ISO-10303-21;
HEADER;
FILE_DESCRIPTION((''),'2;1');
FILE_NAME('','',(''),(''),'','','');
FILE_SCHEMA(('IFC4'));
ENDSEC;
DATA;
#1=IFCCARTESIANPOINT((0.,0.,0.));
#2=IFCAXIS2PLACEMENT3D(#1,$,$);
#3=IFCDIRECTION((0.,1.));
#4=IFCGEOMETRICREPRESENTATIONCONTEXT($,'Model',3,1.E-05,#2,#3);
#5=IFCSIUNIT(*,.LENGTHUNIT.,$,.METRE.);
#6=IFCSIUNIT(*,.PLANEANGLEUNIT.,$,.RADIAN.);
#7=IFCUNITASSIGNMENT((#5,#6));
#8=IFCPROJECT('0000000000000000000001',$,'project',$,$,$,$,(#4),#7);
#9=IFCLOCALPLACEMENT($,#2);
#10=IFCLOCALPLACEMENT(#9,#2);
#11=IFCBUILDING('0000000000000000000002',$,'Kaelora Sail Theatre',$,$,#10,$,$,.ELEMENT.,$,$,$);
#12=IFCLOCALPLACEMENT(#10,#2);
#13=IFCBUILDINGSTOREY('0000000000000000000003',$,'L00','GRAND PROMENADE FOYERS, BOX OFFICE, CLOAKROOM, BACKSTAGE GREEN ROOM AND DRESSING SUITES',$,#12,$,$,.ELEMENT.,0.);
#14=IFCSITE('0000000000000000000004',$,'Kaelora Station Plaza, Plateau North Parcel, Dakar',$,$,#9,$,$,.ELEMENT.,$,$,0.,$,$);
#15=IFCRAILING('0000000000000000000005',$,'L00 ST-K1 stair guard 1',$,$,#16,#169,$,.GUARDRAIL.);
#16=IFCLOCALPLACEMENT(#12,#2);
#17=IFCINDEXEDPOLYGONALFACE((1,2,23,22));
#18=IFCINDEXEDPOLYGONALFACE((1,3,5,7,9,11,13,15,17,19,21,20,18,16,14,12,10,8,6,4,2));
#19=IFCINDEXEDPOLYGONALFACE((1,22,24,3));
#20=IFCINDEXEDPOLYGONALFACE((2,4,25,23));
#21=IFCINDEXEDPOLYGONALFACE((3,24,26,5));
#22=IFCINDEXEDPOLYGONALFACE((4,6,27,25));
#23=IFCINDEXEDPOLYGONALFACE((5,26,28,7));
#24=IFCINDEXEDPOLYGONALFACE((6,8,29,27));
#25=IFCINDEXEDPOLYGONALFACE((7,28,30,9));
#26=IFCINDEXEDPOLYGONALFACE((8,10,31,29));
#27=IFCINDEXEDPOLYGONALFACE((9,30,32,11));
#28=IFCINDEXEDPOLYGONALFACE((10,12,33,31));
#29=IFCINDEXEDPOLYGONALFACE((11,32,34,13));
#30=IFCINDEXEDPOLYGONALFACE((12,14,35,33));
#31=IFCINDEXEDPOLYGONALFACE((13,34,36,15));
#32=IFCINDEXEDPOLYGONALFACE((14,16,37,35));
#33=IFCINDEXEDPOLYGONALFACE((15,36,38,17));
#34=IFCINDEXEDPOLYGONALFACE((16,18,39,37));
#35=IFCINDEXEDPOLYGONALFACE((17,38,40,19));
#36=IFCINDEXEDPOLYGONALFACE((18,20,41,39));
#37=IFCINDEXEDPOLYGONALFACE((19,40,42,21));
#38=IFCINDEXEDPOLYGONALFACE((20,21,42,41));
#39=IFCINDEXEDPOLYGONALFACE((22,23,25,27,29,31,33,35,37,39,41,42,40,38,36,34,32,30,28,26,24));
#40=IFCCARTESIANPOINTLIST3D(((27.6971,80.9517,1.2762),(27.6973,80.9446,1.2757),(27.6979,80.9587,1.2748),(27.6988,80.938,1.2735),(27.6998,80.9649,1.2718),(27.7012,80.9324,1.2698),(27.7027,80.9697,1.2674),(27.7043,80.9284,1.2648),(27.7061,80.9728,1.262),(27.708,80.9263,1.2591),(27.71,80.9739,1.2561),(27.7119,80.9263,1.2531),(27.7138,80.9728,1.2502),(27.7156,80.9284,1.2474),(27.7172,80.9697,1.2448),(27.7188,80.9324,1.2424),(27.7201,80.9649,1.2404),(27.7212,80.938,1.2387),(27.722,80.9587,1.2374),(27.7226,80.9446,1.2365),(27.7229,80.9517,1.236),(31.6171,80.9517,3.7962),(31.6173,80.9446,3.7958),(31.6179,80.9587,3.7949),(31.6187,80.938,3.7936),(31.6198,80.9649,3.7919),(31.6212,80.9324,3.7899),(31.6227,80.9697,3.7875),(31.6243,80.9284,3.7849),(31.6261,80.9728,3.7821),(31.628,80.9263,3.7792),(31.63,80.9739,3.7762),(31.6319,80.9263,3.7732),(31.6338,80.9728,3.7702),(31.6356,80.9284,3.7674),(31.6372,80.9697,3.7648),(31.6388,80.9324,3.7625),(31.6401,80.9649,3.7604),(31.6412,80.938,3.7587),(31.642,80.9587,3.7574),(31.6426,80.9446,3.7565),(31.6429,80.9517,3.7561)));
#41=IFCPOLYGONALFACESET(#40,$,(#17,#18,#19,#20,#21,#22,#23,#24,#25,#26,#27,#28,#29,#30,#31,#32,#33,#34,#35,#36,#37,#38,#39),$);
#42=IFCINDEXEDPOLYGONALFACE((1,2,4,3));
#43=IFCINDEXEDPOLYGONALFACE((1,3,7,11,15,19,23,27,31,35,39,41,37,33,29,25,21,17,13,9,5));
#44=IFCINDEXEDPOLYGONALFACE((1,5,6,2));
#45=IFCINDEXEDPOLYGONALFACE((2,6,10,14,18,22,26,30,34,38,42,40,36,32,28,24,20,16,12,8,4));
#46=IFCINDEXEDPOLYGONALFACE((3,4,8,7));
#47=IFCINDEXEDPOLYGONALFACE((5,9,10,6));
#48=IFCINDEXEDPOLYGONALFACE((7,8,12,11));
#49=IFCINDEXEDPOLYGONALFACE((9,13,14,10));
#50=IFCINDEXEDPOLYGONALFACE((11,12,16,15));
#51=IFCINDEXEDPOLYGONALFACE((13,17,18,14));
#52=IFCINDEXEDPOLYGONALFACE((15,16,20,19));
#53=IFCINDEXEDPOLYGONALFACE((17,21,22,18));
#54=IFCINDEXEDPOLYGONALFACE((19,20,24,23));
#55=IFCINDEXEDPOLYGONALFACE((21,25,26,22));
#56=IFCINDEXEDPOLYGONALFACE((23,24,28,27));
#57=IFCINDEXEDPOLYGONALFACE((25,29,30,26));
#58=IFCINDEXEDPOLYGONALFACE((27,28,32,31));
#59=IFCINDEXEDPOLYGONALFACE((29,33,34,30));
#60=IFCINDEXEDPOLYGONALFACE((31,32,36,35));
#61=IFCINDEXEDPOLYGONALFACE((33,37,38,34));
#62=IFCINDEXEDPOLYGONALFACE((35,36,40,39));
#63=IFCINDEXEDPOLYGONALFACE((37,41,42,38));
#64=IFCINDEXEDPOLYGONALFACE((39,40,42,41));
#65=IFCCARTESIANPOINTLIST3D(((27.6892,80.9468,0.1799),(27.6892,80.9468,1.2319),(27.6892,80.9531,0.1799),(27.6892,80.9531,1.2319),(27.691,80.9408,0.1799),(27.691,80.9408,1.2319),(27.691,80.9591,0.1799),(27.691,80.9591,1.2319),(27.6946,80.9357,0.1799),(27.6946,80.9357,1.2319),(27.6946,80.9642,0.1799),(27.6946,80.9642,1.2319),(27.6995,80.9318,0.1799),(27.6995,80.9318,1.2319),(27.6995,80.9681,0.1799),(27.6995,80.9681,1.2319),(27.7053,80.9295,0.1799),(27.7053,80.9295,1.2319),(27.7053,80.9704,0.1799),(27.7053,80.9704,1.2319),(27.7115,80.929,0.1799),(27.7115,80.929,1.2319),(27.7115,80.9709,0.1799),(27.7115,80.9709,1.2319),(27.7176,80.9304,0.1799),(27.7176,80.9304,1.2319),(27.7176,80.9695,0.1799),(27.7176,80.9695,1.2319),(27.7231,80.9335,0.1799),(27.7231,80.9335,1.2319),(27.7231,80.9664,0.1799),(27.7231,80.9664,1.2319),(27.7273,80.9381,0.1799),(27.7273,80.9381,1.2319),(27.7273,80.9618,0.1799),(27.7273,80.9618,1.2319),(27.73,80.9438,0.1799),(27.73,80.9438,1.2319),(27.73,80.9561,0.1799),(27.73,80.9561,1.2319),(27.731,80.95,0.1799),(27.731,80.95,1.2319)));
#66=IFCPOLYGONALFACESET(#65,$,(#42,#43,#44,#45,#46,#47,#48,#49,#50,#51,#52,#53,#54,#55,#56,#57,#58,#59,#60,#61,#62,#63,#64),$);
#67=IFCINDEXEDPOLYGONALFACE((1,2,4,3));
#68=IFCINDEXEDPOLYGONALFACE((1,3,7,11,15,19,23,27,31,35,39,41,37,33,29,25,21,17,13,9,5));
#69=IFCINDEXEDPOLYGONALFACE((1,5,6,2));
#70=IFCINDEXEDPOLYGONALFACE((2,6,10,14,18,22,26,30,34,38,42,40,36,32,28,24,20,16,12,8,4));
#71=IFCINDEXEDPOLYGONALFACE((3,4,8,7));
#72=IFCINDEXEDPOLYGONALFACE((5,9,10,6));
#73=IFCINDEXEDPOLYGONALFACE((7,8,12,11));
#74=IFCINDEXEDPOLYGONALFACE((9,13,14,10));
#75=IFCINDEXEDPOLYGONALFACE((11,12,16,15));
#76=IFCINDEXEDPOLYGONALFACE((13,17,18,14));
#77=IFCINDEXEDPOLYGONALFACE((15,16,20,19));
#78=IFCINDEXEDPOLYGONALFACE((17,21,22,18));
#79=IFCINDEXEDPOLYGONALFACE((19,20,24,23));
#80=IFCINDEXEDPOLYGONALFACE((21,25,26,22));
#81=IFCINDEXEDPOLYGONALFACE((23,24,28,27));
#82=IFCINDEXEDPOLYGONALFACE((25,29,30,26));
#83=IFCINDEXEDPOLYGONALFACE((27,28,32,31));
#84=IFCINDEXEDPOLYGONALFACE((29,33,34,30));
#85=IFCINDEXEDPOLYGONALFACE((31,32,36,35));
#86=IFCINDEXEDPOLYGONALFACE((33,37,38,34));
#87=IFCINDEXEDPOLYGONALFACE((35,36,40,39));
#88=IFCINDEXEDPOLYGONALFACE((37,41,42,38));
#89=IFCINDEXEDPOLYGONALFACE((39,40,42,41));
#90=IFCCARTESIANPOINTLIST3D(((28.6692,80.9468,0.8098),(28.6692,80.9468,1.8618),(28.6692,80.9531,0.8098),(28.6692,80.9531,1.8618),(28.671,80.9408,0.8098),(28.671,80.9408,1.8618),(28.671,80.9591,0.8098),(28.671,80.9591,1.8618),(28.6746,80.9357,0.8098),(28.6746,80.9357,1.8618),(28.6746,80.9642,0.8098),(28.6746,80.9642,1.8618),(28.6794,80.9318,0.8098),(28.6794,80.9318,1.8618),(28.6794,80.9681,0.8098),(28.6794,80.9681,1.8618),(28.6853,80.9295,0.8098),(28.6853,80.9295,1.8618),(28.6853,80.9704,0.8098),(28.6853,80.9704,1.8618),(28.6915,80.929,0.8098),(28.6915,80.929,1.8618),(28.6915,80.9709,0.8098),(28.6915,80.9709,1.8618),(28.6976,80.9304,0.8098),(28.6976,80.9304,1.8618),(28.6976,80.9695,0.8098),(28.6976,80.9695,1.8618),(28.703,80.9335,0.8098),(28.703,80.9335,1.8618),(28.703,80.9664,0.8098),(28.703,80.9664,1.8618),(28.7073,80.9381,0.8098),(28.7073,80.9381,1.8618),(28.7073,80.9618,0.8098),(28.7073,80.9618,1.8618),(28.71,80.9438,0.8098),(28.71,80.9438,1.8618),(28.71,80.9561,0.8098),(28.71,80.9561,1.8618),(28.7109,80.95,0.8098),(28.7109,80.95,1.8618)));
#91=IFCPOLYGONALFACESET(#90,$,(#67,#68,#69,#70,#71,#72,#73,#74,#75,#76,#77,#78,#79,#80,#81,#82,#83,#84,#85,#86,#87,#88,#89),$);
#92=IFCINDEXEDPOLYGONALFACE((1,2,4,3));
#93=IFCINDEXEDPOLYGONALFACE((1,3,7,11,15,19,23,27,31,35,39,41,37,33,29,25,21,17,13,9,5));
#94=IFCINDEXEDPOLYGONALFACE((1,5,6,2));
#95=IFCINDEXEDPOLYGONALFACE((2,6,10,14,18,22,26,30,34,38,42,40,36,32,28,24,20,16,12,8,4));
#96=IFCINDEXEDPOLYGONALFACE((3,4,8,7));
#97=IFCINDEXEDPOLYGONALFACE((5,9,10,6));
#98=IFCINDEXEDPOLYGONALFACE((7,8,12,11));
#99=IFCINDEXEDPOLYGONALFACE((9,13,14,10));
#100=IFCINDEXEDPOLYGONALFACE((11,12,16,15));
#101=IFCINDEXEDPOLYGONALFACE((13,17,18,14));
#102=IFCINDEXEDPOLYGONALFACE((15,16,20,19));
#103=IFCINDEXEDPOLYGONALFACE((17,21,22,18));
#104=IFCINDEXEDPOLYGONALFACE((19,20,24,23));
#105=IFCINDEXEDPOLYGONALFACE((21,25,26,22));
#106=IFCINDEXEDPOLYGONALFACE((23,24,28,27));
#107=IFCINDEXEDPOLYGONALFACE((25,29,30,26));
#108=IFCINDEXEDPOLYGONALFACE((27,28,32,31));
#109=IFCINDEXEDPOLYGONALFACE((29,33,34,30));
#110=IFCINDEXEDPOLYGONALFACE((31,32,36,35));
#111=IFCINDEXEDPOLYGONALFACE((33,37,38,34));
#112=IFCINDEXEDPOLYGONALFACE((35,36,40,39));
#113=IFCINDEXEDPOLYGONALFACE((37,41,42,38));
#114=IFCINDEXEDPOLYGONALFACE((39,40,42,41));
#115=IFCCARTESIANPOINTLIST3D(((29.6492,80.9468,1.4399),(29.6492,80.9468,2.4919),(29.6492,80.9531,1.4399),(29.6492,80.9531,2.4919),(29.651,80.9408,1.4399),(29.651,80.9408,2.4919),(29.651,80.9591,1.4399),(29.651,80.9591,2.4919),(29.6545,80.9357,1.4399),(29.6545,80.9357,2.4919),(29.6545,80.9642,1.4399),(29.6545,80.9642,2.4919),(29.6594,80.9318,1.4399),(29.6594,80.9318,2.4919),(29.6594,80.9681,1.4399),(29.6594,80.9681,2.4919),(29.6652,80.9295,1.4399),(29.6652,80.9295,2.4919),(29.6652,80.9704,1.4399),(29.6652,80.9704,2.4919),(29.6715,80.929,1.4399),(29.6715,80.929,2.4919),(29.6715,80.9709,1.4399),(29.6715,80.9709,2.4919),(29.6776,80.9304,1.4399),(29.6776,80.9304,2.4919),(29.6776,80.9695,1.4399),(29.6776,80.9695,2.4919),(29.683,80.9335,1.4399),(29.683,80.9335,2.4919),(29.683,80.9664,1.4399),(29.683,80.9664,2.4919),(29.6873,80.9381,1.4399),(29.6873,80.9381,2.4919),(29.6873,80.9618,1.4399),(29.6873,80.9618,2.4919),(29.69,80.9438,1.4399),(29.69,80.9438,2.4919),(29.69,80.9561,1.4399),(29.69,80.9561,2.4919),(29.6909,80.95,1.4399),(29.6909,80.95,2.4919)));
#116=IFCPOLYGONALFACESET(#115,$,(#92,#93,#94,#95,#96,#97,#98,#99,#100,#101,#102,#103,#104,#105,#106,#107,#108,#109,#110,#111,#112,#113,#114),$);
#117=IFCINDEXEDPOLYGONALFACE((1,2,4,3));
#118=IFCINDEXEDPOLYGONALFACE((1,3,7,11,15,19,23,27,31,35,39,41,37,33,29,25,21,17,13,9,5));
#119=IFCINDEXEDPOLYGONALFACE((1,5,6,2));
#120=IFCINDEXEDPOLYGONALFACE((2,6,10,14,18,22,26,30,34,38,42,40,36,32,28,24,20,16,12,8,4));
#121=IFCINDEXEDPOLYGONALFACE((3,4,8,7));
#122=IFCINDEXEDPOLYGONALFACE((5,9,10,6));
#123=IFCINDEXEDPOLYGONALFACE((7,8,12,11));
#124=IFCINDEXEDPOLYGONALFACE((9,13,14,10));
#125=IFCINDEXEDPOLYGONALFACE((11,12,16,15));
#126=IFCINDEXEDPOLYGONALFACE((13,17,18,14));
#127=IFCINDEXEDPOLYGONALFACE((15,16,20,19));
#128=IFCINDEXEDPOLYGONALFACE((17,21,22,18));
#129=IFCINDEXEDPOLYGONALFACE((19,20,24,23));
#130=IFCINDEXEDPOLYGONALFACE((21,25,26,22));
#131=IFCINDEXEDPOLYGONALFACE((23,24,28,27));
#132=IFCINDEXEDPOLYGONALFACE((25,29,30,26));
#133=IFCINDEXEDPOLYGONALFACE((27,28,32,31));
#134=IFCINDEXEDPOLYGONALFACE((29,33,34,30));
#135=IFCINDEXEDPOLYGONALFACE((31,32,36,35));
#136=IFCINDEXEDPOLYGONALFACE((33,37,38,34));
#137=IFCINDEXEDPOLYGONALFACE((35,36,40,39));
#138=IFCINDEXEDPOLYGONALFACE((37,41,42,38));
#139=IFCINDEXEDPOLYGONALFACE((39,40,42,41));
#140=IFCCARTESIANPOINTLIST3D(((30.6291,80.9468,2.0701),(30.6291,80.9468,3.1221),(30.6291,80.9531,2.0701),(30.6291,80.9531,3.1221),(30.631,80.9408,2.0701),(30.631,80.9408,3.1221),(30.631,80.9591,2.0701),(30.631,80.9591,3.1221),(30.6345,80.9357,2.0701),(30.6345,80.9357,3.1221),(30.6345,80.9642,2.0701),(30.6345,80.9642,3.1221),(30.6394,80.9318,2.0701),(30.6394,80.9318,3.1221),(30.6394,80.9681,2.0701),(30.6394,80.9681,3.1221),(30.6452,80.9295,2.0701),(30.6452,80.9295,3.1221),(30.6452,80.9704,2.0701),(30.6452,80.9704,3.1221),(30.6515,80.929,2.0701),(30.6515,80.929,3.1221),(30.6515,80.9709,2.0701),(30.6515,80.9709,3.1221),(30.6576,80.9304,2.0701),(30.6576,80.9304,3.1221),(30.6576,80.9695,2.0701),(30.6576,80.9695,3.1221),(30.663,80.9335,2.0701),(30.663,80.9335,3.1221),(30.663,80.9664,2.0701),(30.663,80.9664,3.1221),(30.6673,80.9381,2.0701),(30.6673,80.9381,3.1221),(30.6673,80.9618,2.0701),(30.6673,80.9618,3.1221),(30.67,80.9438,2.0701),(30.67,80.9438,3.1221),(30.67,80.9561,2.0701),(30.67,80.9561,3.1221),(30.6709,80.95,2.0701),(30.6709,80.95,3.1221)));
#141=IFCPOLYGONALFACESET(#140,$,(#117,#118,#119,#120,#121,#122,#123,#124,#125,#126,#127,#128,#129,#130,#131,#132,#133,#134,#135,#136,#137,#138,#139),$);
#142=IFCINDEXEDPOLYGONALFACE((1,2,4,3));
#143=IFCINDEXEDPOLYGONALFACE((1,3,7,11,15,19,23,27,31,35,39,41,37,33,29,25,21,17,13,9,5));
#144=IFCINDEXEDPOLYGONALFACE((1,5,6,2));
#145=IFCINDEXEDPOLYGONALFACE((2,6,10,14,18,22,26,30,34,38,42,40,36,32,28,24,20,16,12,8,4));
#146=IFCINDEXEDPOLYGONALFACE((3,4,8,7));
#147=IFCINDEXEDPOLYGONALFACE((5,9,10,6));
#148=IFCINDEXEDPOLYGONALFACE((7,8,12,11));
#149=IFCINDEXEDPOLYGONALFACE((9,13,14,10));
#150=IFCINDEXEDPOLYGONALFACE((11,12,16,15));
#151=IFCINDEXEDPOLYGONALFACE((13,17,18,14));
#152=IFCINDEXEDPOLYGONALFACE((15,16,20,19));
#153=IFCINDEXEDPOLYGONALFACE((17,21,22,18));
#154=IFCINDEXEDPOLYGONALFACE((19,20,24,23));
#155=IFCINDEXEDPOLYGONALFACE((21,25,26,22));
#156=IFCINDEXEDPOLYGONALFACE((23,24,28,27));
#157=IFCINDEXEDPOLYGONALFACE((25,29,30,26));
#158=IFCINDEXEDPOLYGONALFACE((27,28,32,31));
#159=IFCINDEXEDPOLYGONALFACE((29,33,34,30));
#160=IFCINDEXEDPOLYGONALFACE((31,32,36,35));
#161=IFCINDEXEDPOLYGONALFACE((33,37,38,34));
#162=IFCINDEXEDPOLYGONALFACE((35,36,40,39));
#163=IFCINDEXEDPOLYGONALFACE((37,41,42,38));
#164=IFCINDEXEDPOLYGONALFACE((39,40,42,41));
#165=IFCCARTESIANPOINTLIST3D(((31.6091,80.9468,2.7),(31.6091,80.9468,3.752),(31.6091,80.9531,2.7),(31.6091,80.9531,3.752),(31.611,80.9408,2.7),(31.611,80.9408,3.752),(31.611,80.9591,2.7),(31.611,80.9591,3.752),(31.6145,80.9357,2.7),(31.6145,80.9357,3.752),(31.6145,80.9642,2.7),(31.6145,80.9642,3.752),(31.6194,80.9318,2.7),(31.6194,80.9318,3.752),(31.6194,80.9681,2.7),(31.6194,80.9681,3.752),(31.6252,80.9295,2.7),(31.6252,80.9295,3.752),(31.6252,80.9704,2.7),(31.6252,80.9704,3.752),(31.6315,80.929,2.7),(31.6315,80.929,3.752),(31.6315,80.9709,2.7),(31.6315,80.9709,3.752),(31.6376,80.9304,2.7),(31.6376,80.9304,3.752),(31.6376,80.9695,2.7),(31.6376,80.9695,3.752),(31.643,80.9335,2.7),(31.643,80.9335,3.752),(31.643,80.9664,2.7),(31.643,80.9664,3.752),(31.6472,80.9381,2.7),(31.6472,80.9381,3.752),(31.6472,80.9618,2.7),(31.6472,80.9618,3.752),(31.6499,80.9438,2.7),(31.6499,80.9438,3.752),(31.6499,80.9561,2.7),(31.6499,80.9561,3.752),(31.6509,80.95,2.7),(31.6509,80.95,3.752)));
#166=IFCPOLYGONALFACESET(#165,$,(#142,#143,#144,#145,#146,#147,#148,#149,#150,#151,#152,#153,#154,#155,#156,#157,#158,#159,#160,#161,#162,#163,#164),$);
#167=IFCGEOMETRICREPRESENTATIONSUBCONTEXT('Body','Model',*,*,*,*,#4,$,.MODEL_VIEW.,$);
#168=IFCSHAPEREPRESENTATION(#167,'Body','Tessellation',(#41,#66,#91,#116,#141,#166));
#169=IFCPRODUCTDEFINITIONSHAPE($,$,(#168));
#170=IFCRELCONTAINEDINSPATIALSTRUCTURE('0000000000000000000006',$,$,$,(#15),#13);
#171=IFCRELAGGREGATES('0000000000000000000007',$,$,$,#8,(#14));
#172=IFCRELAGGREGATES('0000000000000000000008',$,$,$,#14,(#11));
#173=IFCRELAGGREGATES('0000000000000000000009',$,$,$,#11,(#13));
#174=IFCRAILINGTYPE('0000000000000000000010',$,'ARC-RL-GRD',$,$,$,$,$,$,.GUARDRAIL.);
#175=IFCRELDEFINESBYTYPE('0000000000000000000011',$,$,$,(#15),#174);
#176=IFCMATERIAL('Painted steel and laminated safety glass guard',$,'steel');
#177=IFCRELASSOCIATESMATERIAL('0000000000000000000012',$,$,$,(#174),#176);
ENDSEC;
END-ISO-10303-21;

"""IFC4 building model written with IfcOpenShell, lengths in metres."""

from ifc_helpers import new_model, si_unit, direction, frame, origin, origin_2d, place, context, subcontext, project, spatial, circle, extrude, material, type_object, element, save


model = new_model("IFC4")

# Units and contexts
model_context = context("Model", 3, precision=1e-05, world=origin(), true_north=direction((0.0, 1.0)))
body_context = subcontext(model_context, "Body", "Model", "MODEL_VIEW")
ifc_project = project(units=[si_unit("LENGTHUNIT", "METRE"), si_unit("PLANEANGLEUNIT", "RADIAN")], contexts=[model_context])

# Site, building, storey
site_placement = place(None, origin())
site = spatial("IfcSite", under=ifc_project, at=site_placement, Name="Kaelora Station Plaza, Plateau North Parcel, Dakar", CompositionType="ELEMENT", RefElevation=0.0)
building_placement = place(site_placement, origin())
building = spatial("IfcBuilding", under=site, at=building_placement, Name="Kaelora Sail Theatre", CompositionType="ELEMENT")
storey_placement = place(building_placement, origin())
storey = spatial("IfcBuildingStorey", under=building, at=storey_placement, Name="L00", Description="GRAND PROMENADE FOYERS, BOX OFFICE, CLOAKROOM, BACKSTAGE GREEN ROOM AND DRESSING SUITES", CompositionType="ELEMENT", Elevation=0.0)

# Railing
ifc_material_1 = material(Name="Painted steel and laminated safety glass guard", Category="steel")
railing_type_1 = type_object("IfcRailingType", Name="ARC-RL-GRD", PredefinedType="GUARDRAIL", material=ifc_material_1)
railing_1_placement = place(storey_placement, frame((27.71, 80.95, 0.1799)))
element("IfcRailing", 1, at=railing_1_placement, inside=storey, type_object=railing_type_1, Name="L00 ST-K1 stair guard 1", PredefinedType="GUARDRAIL", context=body_context, shape_type="SweptSolid", body=[
    extrude(circle(Radius=0.0239, at=origin_2d()), frame((0.0, 0.0, 1.0762), z_axis=(0.841172, 0.0, 0.540768), x_axis=(0.0, 1.0, 0.0)), (0.0, 0.0, 1.0), 4.6602),
    extrude(circle(Radius=0.021, at=origin_2d()), origin(), (0.0, 0.0, 1.0), 1.052),
    extrude(circle(Radius=0.021, at=origin_2d()), frame((0.98, 0.0, 0.6299)), (0.0, 0.0, 1.0), 1.052),
    extrude(circle(Radius=0.021, at=origin_2d()), frame((1.96, 0.0, 1.26)), (0.0, 0.0, 1.0), 1.052),
    extrude(circle(Radius=0.021, at=origin_2d()), frame((2.9399, 0.0, 1.8901)), (0.0, 0.0, 1.0), 1.052),
    extrude(circle(Radius=0.021, at=origin_2d()), frame((3.9199, 0.0, 2.52)), (0.0, 0.0, 1.0), 1.052),
])

save(model, "model.ifc")
